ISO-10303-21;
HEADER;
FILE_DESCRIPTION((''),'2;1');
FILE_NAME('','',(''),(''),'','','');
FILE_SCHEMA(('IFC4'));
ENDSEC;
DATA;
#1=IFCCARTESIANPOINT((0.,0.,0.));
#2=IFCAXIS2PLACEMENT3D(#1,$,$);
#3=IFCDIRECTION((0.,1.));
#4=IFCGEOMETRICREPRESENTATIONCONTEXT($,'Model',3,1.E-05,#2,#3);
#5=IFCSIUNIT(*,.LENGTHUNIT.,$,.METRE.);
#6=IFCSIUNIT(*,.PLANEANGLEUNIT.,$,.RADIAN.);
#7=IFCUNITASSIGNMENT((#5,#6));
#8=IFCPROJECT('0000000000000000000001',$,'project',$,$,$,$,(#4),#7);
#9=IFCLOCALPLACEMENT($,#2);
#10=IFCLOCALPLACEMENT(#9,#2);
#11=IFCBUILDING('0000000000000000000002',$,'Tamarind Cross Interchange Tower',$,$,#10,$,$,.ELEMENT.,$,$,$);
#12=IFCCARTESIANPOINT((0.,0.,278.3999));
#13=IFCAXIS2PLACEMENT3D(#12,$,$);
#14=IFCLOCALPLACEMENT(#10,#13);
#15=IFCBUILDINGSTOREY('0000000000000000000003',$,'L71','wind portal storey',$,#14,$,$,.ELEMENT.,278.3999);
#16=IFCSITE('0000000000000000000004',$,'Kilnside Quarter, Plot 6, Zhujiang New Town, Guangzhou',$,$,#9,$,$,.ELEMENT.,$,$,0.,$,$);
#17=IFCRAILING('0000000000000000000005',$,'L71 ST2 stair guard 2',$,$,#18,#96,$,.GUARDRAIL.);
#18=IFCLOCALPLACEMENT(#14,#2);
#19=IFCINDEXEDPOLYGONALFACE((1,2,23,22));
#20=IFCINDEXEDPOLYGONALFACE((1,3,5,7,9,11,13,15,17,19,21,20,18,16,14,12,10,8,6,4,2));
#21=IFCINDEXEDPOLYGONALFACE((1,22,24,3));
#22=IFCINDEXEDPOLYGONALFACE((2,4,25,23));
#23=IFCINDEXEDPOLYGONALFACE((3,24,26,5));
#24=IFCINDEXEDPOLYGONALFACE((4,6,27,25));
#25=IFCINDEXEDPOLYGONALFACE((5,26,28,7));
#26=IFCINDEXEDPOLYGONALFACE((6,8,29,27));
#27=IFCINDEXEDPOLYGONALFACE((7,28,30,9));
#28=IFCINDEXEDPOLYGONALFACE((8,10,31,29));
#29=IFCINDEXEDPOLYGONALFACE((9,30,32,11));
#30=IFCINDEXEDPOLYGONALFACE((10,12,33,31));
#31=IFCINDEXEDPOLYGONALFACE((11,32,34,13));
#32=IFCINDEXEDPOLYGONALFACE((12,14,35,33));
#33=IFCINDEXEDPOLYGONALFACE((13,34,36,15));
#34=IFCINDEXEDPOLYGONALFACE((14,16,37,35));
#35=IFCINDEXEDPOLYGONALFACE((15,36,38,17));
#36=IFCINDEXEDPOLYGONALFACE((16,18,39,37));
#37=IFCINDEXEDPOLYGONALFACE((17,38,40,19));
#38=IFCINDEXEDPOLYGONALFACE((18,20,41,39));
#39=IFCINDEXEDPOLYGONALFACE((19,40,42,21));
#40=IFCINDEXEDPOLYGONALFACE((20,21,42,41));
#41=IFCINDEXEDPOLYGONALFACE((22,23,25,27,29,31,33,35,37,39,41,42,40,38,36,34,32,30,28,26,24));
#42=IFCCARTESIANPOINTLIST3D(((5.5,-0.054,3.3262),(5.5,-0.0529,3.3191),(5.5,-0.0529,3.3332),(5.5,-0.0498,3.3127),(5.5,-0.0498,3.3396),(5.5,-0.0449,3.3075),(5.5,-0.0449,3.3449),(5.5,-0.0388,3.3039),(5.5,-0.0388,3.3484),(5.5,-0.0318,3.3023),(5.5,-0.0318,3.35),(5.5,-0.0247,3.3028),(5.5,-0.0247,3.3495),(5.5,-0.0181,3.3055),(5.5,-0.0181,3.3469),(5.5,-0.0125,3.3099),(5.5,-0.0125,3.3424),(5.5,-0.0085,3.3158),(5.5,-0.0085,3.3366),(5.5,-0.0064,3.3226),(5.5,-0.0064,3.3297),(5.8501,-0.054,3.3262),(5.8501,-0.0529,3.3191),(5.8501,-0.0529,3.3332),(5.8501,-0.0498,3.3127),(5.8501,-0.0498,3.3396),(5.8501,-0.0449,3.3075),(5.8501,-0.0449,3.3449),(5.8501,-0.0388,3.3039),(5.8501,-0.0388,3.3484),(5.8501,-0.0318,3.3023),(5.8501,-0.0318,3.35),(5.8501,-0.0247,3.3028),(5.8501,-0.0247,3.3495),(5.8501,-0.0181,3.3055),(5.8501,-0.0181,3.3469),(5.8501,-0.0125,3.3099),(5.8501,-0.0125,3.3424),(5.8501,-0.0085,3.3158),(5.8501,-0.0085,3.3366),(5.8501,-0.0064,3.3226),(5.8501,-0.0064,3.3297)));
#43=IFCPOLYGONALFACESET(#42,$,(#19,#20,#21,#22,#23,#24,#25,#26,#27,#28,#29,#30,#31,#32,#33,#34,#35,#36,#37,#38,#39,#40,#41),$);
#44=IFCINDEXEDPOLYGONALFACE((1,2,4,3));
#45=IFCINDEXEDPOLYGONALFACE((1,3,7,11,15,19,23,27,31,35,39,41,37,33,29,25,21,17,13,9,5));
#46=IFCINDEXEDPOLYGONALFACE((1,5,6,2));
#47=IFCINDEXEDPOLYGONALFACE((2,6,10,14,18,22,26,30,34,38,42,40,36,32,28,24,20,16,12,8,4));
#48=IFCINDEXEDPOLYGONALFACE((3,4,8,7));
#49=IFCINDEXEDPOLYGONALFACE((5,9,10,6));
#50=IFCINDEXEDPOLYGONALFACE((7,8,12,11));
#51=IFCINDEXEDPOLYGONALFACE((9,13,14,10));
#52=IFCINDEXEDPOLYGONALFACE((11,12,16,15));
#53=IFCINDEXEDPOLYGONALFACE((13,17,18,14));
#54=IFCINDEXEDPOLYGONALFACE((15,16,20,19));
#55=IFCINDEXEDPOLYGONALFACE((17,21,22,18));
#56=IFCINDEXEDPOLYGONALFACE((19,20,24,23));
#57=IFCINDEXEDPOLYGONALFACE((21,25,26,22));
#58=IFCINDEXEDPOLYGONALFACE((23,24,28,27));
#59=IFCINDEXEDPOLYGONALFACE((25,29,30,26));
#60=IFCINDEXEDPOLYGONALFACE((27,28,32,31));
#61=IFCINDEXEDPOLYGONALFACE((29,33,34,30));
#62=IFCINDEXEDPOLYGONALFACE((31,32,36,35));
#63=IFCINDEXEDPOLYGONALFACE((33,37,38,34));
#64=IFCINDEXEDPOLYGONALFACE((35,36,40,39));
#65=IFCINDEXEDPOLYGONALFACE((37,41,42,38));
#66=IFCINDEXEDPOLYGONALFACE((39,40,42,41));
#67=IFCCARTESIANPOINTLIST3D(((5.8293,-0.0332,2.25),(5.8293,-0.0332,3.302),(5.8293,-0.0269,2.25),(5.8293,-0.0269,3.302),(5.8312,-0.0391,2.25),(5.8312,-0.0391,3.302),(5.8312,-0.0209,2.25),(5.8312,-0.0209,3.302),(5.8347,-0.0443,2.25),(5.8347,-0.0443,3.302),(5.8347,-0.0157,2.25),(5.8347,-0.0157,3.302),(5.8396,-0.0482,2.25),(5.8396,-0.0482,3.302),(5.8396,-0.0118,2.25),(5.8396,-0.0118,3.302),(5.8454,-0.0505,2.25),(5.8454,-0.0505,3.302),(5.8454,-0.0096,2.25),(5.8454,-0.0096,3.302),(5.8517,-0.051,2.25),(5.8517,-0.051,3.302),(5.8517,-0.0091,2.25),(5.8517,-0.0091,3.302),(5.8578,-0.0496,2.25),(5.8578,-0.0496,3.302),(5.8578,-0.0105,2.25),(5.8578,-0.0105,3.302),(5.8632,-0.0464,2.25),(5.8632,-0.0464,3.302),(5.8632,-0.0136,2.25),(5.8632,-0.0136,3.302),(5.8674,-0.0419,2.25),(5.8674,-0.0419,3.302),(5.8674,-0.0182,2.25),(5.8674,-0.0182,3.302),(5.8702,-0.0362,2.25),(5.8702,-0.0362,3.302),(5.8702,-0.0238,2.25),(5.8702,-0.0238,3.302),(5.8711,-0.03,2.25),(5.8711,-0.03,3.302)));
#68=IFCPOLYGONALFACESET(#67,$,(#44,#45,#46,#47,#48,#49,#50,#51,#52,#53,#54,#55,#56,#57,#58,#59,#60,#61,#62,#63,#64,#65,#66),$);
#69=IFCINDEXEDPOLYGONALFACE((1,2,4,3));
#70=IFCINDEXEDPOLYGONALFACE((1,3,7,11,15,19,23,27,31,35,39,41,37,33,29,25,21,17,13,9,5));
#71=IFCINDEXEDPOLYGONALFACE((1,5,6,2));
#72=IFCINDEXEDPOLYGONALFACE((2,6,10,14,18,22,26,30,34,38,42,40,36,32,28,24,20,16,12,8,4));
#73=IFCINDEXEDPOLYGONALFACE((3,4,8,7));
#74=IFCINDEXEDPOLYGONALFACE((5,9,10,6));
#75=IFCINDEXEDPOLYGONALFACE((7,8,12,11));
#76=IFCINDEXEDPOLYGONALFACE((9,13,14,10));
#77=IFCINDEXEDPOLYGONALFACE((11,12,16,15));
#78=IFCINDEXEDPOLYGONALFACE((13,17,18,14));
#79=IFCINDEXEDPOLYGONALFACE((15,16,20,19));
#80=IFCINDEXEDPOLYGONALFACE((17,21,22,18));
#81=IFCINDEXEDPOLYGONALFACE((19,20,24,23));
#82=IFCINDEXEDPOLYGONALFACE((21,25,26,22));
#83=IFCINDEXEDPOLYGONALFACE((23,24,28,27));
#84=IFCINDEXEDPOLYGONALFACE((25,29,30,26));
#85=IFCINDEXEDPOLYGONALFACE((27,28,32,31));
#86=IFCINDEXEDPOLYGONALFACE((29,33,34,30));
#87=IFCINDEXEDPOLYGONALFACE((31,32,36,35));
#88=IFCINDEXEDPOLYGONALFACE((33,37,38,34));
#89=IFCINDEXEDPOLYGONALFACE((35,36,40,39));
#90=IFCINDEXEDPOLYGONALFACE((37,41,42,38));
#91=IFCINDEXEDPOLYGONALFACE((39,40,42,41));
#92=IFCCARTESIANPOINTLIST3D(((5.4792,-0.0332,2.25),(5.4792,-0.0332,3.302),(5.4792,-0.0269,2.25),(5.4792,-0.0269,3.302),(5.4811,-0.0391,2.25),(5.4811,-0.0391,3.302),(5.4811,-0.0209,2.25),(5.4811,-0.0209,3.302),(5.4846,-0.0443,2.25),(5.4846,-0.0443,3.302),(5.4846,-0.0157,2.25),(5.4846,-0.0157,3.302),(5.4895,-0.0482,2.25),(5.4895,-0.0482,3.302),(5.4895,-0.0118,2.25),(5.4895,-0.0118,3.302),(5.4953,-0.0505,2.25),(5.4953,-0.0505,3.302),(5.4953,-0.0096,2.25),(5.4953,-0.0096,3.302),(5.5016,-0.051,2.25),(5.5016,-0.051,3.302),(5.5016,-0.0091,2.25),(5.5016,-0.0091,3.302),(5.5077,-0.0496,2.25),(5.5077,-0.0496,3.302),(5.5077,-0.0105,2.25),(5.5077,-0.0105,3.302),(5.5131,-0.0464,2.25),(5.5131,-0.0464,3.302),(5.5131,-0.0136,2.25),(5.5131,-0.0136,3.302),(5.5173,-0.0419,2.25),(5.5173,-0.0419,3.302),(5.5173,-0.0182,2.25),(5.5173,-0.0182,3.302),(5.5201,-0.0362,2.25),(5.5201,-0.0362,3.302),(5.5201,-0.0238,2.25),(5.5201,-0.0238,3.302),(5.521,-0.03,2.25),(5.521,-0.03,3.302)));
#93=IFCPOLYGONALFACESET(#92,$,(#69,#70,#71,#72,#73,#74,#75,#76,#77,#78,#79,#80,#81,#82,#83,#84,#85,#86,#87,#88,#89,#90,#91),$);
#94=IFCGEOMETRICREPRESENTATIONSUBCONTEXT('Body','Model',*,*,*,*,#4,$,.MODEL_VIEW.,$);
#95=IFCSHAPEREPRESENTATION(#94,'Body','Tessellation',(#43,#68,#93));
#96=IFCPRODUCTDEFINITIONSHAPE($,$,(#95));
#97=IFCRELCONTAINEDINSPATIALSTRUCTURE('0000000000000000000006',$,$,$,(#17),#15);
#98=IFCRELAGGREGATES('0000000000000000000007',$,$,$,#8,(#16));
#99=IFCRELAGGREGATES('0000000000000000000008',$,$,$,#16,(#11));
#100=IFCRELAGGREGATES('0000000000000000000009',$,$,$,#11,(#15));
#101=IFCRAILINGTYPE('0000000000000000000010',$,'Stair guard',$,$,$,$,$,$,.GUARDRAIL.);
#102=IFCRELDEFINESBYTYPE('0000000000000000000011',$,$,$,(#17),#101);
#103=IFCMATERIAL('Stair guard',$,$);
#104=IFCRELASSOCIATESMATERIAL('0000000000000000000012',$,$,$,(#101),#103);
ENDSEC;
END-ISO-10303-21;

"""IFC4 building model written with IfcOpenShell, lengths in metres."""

from ifc_helpers import new_model, si_unit, direction, frame, origin, origin_2d, place, context, subcontext, project, spatial, circle, extrude, material, type_object, element, save


model = new_model("IFC4")

# Units and contexts
model_context = context("Model", 3, precision=1e-05, world=origin(), true_north=direction((0.0, 1.0)))
body_context = subcontext(model_context, "Body", "Model", "MODEL_VIEW")
ifc_project = project(units=[si_unit("LENGTHUNIT", "METRE"), si_unit("PLANEANGLEUNIT", "RADIAN")], contexts=[model_context])

# Site, building, storey
site_placement = place(None, origin())
site = spatial("IfcSite", under=ifc_project, at=site_placement, Name="Kilnside Quarter, Plot 6, Zhujiang New Town, Guangzhou", CompositionType="ELEMENT", RefElevation=0.0)
building_placement = place(site_placement, origin())
building = spatial("IfcBuilding", under=site, at=building_placement, Name="Tamarind Cross Interchange Tower", CompositionType="ELEMENT")
storey_placement = place(building_placement, frame((0.0, 0.0, 278.3999)))
storey = spatial("IfcBuildingStorey", under=building, at=storey_placement, Name="L71", Description="wind portal storey", CompositionType="ELEMENT", Elevation=278.3999)

# Railing
ifc_material_1 = material(Name="Stair guard")
railing_type_1 = type_object("IfcRailingType", Name="Stair guard", PredefinedType="GUARDRAIL", material=ifc_material_1)
railing_1_placement = place(storey_placement, frame((5.8501, -0.03, 2.25)))
element("IfcRailing", 1, at=railing_1_placement, inside=storey, type_object=railing_type_1, Name="L71 ST2 stair guard 2", PredefinedType="GUARDRAIL", context=body_context, shape_type="SweptSolid", body=[
    extrude(circle(Radius=0.0239, at=origin_2d()), frame((0.0, 0.0, 1.0762), z_axis=(-1.0, 0.0, 0.0), x_axis=(0.0, -1.0, 0.0)), (0.0, 0.0, 1.0), 0.3501),
    extrude(circle(Radius=0.021, at=origin_2d()), origin(), (0.0, 0.0, 1.0), 1.052),
    extrude(circle(Radius=0.021, at=origin_2d()), frame((-0.3501, 0.0, 0.0)), (0.0, 0.0, 1.0), 1.052),
])

save(model, "model.ifc")
